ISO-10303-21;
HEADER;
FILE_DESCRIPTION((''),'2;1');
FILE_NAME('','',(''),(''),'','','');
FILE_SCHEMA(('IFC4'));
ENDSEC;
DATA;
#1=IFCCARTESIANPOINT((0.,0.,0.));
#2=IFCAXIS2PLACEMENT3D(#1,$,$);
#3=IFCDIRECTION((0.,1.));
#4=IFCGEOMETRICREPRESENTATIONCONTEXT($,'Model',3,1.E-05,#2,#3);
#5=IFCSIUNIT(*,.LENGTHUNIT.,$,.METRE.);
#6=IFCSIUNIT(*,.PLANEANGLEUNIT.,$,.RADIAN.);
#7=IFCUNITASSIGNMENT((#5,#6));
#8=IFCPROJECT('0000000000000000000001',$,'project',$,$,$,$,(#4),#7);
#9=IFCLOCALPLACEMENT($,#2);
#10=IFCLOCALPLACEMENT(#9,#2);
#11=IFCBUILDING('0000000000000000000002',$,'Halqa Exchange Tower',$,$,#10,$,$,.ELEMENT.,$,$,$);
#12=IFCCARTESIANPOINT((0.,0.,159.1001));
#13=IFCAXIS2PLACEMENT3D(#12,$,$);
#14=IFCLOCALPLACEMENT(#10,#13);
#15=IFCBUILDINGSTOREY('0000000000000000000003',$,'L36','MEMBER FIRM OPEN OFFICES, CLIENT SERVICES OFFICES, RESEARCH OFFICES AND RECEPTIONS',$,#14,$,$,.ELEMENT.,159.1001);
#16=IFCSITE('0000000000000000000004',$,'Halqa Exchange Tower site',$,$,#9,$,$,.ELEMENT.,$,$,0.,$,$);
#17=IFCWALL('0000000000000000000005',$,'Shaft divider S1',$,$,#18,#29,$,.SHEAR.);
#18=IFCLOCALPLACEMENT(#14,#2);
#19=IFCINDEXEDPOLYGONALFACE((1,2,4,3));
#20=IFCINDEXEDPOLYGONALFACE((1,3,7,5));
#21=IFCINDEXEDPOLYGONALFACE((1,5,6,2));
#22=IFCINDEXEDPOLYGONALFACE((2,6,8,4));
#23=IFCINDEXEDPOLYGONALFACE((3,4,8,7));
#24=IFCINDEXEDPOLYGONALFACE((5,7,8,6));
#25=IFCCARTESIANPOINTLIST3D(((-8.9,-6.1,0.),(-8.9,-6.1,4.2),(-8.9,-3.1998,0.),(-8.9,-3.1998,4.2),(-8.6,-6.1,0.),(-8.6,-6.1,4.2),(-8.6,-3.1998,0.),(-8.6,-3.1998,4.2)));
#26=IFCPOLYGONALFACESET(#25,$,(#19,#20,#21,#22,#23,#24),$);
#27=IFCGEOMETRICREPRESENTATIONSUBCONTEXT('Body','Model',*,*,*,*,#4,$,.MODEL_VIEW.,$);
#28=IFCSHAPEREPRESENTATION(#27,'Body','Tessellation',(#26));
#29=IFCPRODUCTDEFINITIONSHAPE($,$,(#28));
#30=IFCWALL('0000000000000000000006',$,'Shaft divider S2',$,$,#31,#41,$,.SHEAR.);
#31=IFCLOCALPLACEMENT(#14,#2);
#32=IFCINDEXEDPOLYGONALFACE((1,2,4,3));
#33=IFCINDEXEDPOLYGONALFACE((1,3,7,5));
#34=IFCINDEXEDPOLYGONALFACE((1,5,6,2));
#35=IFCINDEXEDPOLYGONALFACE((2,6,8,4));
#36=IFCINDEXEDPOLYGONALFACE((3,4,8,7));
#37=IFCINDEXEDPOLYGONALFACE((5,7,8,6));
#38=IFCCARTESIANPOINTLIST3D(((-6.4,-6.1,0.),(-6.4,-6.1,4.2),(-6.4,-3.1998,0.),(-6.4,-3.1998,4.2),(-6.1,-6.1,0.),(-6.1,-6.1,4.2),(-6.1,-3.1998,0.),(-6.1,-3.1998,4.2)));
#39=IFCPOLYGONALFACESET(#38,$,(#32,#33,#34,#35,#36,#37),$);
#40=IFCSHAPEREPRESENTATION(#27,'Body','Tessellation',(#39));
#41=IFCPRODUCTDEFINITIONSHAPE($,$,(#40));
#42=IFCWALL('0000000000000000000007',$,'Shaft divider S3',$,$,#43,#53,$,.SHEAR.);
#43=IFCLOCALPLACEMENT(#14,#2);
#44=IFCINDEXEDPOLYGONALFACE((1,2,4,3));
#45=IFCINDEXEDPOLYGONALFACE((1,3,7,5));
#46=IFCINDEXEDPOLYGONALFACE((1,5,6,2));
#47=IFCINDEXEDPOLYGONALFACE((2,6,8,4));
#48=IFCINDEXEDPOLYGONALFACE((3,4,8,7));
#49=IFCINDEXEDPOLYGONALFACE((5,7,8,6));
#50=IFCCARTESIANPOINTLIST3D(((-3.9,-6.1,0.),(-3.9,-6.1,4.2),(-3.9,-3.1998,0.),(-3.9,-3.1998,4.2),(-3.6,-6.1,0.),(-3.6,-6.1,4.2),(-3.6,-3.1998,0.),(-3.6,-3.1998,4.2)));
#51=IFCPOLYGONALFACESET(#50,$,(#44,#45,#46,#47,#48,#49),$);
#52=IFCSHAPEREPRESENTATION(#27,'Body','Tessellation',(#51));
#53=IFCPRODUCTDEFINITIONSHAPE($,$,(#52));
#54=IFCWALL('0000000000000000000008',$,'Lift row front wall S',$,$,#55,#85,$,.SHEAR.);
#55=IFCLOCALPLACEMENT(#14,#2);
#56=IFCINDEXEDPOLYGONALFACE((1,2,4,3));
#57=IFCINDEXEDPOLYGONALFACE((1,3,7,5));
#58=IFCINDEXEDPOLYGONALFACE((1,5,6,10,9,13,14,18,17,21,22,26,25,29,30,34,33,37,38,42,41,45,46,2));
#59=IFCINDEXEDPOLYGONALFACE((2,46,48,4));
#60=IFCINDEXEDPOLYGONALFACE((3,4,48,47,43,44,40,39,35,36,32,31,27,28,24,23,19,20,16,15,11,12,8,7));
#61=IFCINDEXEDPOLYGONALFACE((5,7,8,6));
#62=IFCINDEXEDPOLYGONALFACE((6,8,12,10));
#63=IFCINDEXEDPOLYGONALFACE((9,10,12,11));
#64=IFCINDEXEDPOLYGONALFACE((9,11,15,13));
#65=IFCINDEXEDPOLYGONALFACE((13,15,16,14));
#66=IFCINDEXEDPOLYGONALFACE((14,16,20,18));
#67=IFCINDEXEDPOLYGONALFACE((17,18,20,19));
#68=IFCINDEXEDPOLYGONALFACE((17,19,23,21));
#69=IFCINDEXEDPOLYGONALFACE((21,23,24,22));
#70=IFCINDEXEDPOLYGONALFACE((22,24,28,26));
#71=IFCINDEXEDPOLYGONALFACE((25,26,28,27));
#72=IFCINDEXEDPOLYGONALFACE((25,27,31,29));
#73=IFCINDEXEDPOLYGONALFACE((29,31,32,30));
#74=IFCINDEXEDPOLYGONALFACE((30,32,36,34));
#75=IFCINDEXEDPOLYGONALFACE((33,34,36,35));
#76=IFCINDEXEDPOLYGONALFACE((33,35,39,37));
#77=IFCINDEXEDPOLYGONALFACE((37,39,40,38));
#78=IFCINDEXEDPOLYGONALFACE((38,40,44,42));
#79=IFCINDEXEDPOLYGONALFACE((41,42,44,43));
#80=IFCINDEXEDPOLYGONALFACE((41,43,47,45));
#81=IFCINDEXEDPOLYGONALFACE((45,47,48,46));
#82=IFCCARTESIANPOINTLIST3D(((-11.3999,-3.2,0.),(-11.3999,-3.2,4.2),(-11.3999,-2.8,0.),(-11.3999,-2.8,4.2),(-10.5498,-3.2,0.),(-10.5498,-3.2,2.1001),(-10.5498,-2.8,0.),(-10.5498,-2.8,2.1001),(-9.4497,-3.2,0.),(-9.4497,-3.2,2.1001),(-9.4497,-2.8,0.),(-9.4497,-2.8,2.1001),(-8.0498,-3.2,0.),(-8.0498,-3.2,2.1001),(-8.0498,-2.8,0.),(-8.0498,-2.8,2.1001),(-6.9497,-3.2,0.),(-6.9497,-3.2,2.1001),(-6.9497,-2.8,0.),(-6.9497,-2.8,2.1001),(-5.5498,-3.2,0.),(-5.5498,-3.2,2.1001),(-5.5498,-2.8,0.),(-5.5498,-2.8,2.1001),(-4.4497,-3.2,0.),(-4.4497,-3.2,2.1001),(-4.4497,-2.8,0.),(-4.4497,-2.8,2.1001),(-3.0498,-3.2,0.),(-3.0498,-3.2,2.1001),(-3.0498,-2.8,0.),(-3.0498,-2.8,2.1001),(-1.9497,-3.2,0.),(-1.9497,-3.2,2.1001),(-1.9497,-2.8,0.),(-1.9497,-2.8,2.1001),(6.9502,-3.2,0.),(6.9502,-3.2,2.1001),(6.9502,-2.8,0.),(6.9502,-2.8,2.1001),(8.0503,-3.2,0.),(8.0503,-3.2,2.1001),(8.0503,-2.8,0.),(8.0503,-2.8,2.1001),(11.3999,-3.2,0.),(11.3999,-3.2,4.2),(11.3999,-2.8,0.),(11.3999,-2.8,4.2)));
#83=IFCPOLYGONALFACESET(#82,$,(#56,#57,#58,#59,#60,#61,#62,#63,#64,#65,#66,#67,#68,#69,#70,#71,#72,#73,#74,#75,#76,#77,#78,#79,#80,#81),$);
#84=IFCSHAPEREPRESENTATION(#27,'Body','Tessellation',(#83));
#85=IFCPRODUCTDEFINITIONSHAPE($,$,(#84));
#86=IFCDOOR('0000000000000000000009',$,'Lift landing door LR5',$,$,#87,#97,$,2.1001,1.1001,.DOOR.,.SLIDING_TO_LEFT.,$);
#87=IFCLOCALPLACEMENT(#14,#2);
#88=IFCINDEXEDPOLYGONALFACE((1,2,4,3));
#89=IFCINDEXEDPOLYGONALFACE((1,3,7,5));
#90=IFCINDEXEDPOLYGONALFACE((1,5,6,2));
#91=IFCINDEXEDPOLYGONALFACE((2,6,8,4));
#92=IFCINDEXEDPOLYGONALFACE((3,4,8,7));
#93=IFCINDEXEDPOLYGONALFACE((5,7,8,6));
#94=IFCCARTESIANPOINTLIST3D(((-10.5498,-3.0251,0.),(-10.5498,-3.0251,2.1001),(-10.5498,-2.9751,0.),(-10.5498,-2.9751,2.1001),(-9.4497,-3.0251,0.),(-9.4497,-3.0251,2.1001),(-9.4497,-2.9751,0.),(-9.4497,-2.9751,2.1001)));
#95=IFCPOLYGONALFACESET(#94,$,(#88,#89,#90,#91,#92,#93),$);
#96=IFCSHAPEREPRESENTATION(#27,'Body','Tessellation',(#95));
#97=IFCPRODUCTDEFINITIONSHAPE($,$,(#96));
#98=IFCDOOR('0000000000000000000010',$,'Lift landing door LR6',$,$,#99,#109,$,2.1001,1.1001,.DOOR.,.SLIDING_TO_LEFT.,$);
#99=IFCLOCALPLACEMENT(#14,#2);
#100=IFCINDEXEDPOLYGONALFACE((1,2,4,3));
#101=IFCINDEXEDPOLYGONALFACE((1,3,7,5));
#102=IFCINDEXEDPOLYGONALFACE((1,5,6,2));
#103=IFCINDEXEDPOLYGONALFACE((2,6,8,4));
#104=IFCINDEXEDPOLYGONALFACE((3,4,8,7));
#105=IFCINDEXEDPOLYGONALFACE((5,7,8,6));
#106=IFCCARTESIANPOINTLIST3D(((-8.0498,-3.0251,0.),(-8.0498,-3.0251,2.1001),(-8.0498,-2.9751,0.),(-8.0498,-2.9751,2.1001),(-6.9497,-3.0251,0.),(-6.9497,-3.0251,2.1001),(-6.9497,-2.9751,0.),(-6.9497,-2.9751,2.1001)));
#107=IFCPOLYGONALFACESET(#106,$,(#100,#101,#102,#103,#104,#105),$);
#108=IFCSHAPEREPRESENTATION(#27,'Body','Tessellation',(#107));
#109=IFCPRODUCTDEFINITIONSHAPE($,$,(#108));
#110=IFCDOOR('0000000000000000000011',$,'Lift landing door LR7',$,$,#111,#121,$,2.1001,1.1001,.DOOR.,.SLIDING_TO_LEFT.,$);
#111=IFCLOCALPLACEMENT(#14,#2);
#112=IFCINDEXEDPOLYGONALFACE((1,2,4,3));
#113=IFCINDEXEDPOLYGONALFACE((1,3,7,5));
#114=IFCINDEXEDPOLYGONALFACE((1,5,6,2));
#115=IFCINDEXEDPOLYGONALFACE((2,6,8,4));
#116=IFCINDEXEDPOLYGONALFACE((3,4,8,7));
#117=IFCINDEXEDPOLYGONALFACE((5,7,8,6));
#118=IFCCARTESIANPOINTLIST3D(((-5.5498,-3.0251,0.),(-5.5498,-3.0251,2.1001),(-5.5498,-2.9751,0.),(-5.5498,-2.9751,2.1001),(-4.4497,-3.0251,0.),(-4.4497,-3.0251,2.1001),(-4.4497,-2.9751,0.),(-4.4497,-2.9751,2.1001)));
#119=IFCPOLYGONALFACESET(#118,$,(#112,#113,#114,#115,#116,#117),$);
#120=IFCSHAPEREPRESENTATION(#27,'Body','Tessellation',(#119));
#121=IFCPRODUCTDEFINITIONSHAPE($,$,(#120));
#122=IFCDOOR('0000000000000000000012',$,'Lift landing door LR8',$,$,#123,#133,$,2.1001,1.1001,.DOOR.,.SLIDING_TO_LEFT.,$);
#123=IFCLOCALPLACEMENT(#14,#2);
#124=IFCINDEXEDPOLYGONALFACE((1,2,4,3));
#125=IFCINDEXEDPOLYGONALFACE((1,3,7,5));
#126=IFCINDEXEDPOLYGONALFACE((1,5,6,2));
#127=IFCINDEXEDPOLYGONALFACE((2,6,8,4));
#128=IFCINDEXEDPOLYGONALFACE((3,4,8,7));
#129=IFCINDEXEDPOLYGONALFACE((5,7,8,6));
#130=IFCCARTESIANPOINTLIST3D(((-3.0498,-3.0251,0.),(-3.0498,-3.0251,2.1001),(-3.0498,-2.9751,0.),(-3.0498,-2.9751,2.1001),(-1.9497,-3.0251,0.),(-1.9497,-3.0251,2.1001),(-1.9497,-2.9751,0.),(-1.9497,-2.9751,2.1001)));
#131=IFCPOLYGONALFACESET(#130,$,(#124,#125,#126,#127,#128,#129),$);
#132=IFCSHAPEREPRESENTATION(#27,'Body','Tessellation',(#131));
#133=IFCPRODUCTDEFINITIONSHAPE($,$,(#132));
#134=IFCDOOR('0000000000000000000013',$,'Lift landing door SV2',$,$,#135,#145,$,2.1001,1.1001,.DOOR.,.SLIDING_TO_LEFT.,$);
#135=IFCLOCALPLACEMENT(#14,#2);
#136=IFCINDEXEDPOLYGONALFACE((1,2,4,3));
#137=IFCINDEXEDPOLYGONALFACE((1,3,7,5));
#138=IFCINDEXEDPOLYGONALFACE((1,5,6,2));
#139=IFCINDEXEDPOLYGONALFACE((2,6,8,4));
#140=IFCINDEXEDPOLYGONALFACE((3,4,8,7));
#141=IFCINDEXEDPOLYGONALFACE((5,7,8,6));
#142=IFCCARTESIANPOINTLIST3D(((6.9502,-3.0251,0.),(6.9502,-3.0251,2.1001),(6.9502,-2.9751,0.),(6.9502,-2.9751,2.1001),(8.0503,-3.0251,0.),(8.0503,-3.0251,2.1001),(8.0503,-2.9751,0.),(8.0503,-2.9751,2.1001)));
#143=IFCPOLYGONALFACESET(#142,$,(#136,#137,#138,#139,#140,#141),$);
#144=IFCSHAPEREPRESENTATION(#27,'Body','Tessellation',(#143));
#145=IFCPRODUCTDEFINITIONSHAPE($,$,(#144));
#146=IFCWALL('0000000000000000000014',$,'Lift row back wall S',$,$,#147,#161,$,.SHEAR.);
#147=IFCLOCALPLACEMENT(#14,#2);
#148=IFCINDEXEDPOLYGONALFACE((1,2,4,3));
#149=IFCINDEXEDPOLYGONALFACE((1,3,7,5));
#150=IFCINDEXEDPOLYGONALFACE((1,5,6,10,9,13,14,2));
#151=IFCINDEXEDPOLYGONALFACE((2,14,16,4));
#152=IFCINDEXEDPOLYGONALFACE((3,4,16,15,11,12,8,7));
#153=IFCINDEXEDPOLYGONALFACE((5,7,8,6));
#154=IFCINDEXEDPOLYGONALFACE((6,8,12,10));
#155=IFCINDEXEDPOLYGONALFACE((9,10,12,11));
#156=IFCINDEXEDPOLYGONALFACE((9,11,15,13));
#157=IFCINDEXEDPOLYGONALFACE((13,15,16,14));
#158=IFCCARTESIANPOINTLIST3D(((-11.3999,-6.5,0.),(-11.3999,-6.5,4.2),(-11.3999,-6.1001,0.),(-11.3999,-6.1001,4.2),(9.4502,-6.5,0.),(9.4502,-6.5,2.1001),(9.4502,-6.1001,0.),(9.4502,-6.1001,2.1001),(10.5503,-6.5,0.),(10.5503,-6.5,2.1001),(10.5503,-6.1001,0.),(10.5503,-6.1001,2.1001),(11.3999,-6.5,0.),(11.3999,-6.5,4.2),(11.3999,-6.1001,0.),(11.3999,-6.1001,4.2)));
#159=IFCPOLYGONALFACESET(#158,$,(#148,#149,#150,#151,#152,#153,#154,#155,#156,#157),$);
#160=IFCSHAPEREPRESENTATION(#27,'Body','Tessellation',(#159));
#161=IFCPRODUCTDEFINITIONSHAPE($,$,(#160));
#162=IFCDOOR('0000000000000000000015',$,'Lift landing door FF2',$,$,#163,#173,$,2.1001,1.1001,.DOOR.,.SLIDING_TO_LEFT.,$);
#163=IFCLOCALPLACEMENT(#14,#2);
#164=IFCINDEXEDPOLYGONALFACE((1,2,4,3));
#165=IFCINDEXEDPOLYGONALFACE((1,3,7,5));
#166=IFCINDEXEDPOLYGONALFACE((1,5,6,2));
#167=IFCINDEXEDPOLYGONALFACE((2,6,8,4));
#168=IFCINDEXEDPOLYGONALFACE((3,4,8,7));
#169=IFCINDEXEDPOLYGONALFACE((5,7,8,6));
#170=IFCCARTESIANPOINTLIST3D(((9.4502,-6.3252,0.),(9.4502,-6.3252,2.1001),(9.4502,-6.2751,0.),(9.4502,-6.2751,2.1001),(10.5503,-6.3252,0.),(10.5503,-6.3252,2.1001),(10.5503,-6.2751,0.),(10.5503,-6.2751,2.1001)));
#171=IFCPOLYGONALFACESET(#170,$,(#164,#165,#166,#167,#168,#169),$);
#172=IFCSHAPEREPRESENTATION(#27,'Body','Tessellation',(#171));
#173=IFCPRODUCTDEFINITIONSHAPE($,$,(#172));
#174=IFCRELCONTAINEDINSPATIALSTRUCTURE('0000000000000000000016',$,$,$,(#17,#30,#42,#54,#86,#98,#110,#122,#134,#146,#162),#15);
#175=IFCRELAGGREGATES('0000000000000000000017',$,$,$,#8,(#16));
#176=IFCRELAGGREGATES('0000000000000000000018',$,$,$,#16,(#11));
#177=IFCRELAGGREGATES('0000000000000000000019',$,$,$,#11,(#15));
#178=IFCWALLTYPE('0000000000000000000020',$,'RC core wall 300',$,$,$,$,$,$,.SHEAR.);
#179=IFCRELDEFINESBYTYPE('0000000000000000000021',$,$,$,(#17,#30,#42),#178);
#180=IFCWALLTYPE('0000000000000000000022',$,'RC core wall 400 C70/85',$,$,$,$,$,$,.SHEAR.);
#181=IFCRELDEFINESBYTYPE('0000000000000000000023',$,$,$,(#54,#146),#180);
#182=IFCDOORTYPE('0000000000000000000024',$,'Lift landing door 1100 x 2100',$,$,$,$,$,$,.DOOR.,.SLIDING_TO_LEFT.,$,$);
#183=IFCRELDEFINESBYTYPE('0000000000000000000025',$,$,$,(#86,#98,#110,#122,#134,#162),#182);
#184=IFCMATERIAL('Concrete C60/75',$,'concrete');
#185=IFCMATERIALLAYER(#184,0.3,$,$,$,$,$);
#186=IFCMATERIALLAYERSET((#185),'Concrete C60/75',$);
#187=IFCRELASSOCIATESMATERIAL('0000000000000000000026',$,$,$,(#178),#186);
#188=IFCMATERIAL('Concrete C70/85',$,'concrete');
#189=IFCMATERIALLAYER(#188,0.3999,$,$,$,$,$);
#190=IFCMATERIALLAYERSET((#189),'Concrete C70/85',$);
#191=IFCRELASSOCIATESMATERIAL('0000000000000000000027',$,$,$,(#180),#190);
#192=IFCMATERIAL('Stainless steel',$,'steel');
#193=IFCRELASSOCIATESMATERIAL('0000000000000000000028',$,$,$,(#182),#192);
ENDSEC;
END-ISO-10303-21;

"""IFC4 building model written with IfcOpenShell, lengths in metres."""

from ifc_helpers import new_model, si_unit, direction, frame, frame_2d, origin, place, context, subcontext, project, spatial, rectangle, extrude, material, layer, layer_set, type_object, element, fill, save


model = new_model("IFC4")

# Units and contexts
model_context = context("Model", 3, precision=1e-05, world=origin(), true_north=direction((0.0, 1.0)))
body_context = subcontext(model_context, "Body", "Model", "MODEL_VIEW")
ifc_project = project(units=[si_unit("LENGTHUNIT", "METRE"), si_unit("PLANEANGLEUNIT", "RADIAN")], contexts=[model_context])

# Site, building, storey
site_placement = place(None, origin())
site = spatial("IfcSite", under=ifc_project, at=site_placement, Name="Halqa Exchange Tower site", CompositionType="ELEMENT", RefElevation=0.0)
building_placement = place(site_placement, origin())
building = spatial("IfcBuilding", under=site, at=building_placement, Name="Halqa Exchange Tower", CompositionType="ELEMENT")
storey_placement = place(building_placement, frame((0.0, 0.0, 159.1001)))
storey = spatial("IfcBuildingStorey", under=building, at=storey_placement, Name="L36", Description="MEMBER FIRM OPEN OFFICES, CLIENT SERVICES OFFICES, RESEARCH OFFICES AND RECEPTIONS", CompositionType="ELEMENT", Elevation=159.1001)

# Walls
ifc_material_1 = material(Name="Concrete C60/75", Category="concrete")
ifc_layer_1 = layer(ifc_material_1, 0.3)
ifc_layer_set_1 = layer_set([ifc_layer_1], Name="Concrete C60/75")
wall_type_1 = type_object("IfcWallType", Name="RC core wall 300", PredefinedType="SHEAR", material=ifc_layer_set_1)
for number, where, z_axis, x_axis, name in (
    (1, (-8.75, -6.1001, 0.0), (0.0, 0.0, 1.0), (0.0, 1.0, 0.0), "Shaft divider S1"),
    (2, (-6.25, -6.1001, 0.0), (0.0, 0.0, 1.0), (0.0, 1.0, 0.0), "Shaft divider S2"),
    (3, (-3.75, -6.1001, 0.0), (0.0, 0.0, 1.0), (0.0, 1.0, 0.0), "Shaft divider S3"),
):
    element("IfcWall", number, at=place(storey_placement, frame(where, z_axis=z_axis, x_axis=x_axis)), inside=storey, type_object=wall_type_1, Name=name, PredefinedType="SHEAR", context=body_context, shape_type="SweptSolid", body=[
        extrude(rectangle(XDim=2.9001, YDim=0.3, at=frame_2d((1.4502, 0.0))), origin(), (0.0, 0.0, 1.0), 4.2),
    ])

# Wall, openings, doors
ifc_material_2 = material(Name="Concrete C70/85", Category="concrete")
ifc_layer_2 = layer(ifc_material_2, 0.3999)
ifc_layer_set_2 = layer_set([ifc_layer_2], Name="Concrete C70/85")
wall_type_2 = type_object("IfcWallType", Name="RC core wall 400 C70/85", PredefinedType="SHEAR", material=ifc_layer_set_2)
wall_1_placement = place(storey_placement, frame((-11.3999, -3.0, 0.0), z_axis=(0.0, 0.0, 1.0), x_axis=(1.0, 0.0, 0.0)))
wall_1 = element("IfcWall", 4, at=wall_1_placement, inside=storey, type_object=wall_type_2, Name="Lift row front wall S", PredefinedType="SHEAR", context=body_context, shape_type="SweptSolid", body=[
    extrude(rectangle(XDim=22.7998, YDim=0.3999, at=frame_2d((11.3999, 0.0))), origin(), (0.0, 0.0, 1.0), 4.2),
])
opening_1_placement = place(wall_1_placement, frame((0.8501, 0.0, 0.0)))
opening_1 = element("IfcOpeningElement", 5, at=opening_1_placement, cuts=wall_1, PredefinedType="OPENING", context=body_context, shape_type="SweptSolid", body=[
    extrude(rectangle(XDim=1.1001, YDim=2.1001, at=frame_2d((0.55, 1.05))), frame((0.0, 0.2119, 0.0), z_axis=(0.0, -1.0, 0.0), x_axis=(1.0, 0.0, 0.0)), (0.0, 0.0, 1.0), 0.4238),
])
opening_2_placement = place(wall_1_placement, frame((3.3501, 0.0, 0.0)))
opening_2 = element("IfcOpeningElement", 6, at=opening_2_placement, cuts=wall_1, PredefinedType="OPENING", context=body_context, shape_type="SweptSolid", body=[
    extrude(rectangle(XDim=1.1001, YDim=2.1001, at=frame_2d((0.55, 1.05))), frame((0.0, 0.2119, 0.0), z_axis=(0.0, -1.0, 0.0), x_axis=(1.0, 0.0, 0.0)), (0.0, 0.0, 1.0), 0.4238),
])
opening_3_placement = place(wall_1_placement, frame((5.8501, 0.0, 0.0)))
opening_3 = element("IfcOpeningElement", 7, at=opening_3_placement, cuts=wall_1, PredefinedType="OPENING", context=body_context, shape_type="SweptSolid", body=[
    extrude(rectangle(XDim=1.1001, YDim=2.1001, at=frame_2d((0.55, 1.05))), frame((0.0, 0.2119, 0.0), z_axis=(0.0, -1.0, 0.0), x_axis=(1.0, 0.0, 0.0)), (0.0, 0.0, 1.0), 0.4238),
])
opening_4_placement = place(wall_1_placement, frame((8.3501, 0.0, 0.0)))
opening_4 = element("IfcOpeningElement", 8, at=opening_4_placement, cuts=wall_1, PredefinedType="OPENING", context=body_context, shape_type="SweptSolid", body=[
    extrude(rectangle(XDim=1.1001, YDim=2.1001, at=frame_2d((0.55, 1.05))), frame((0.0, 0.2119, 0.0), z_axis=(0.0, -1.0, 0.0), x_axis=(1.0, 0.0, 0.0)), (0.0, 0.0, 1.0), 0.4238),
])
opening_5_placement = place(wall_1_placement, frame((18.3501, 0.0, 0.0)))
opening_5 = element("IfcOpeningElement", 9, at=opening_5_placement, cuts=wall_1, PredefinedType="OPENING", context=body_context, shape_type="SweptSolid", body=[
    extrude(rectangle(XDim=1.1001, YDim=2.1001, at=frame_2d((0.55, 1.05))), frame((0.0, 0.2119, 0.0), z_axis=(0.0, -1.0, 0.0), x_axis=(1.0, 0.0, 0.0)), (0.0, 0.0, 1.0), 0.4238),
])
ifc_material_3 = material(Name="Stainless steel", Category="steel")
door_type = type_object("IfcDoorType", Name="Lift landing door 1100 x 2100", OperationType="SLIDING_TO_LEFT", PredefinedType="DOOR", material=ifc_material_3)
door_1_placement = place(opening_1_placement, origin())
door_1 = element("IfcDoor", 10, at=door_1_placement, inside=storey, type_object=door_type, Name="Lift landing door LR5", OperationType="SLIDING_TO_LEFT", OverallHeight=2.1001, OverallWidth=1.1001, PredefinedType="DOOR", context=body_context, shape_type="SweptSolid", body=[
    extrude(rectangle(XDim=1.1001, YDim=2.1001, at=frame_2d((0.55, 1.05))), frame((0.0, 0.0249, 0.0), z_axis=(0.0, -1.0, 0.0), x_axis=(1.0, 0.0, 0.0)), (0.0, 0.0, 1.0), 0.05),
])
fill(opening_1, door_1)
door_2_placement = place(opening_2_placement, origin())
door_2 = element("IfcDoor", 11, at=door_2_placement, inside=storey, type_object=door_type, Name="Lift landing door LR6", OperationType="SLIDING_TO_LEFT", OverallHeight=2.1001, OverallWidth=1.1001, PredefinedType="DOOR", context=body_context, shape_type="SweptSolid", body=[
    extrude(rectangle(XDim=1.1001, YDim=2.1001, at=frame_2d((0.55, 1.05))), frame((0.0, 0.0249, 0.0), z_axis=(0.0, -1.0, 0.0), x_axis=(1.0, 0.0, 0.0)), (0.0, 0.0, 1.0), 0.05),
])
fill(opening_2, door_2)
door_3_placement = place(opening_3_placement, origin())
door_3 = element("IfcDoor", 12, at=door_3_placement, inside=storey, type_object=door_type, Name="Lift landing door LR7", OperationType="SLIDING_TO_LEFT", OverallHeight=2.1001, OverallWidth=1.1001, PredefinedType="DOOR", context=body_context, shape_type="SweptSolid", body=[
    extrude(rectangle(XDim=1.1001, YDim=2.1001, at=frame_2d((0.55, 1.05))), frame((0.0, 0.0249, 0.0), z_axis=(0.0, -1.0, 0.0), x_axis=(1.0, 0.0, 0.0)), (0.0, 0.0, 1.0), 0.05),
])
fill(opening_3, door_3)
door_4_placement = place(opening_4_placement, origin())
door_4 = element("IfcDoor", 13, at=door_4_placement, inside=storey, type_object=door_type, Name="Lift landing door LR8", OperationType="SLIDING_TO_LEFT", OverallHeight=2.1001, OverallWidth=1.1001, PredefinedType="DOOR", context=body_context, shape_type="SweptSolid", body=[
    extrude(rectangle(XDim=1.1001, YDim=2.1001, at=frame_2d((0.55, 1.05))), frame((0.0, 0.0249, 0.0), z_axis=(0.0, -1.0, 0.0), x_axis=(1.0, 0.0, 0.0)), (0.0, 0.0, 1.0), 0.05),
])
fill(opening_4, door_4)
door_5_placement = place(opening_5_placement, origin())
door_5 = element("IfcDoor", 14, at=door_5_placement, inside=storey, type_object=door_type, Name="Lift landing door SV2", OperationType="SLIDING_TO_LEFT", OverallHeight=2.1001, OverallWidth=1.1001, PredefinedType="DOOR", context=body_context, shape_type="SweptSolid", body=[
    extrude(rectangle(XDim=1.1001, YDim=2.1001, at=frame_2d((0.55, 1.05))), frame((0.0, 0.0249, 0.0), z_axis=(0.0, -1.0, 0.0), x_axis=(1.0, 0.0, 0.0)), (0.0, 0.0, 1.0), 0.05),
])
fill(opening_5, door_5)

# Wall, opening, door
wall_2_placement = place(storey_placement, frame((-11.3999, -6.3, 0.0), z_axis=(0.0, 0.0, 1.0), x_axis=(1.0, 0.0, 0.0)))
wall_2 = element("IfcWall", 15, at=wall_2_placement, inside=storey, type_object=wall_type_2, Name="Lift row back wall S", PredefinedType="SHEAR", context=body_context, shape_type="SweptSolid", body=[
    extrude(rectangle(XDim=22.7998, YDim=0.3999, at=frame_2d((11.3999, 0.0))), origin(), (0.0, 0.0, 1.0), 4.2),
])
opening_6_placement = place(wall_2_placement, frame((20.8501, 0.0, 0.0)))
opening_6 = element("IfcOpeningElement", 16, at=opening_6_placement, cuts=wall_2, PredefinedType="OPENING", context=body_context, shape_type="SweptSolid", body=[
    extrude(rectangle(XDim=1.1001, YDim=2.1001, at=frame_2d((0.55, 1.05))), frame((0.0, 0.2119, 0.0), z_axis=(0.0, -1.0, 0.0), x_axis=(1.0, 0.0, 0.0)), (0.0, 0.0, 1.0), 0.4238),
])
door_6_placement = place(opening_6_placement, origin())
door_6 = element("IfcDoor", 17, at=door_6_placement, inside=storey, type_object=door_type, Name="Lift landing door FF2", OperationType="SLIDING_TO_LEFT", OverallHeight=2.1001, OverallWidth=1.1001, PredefinedType="DOOR", context=body_context, shape_type="SweptSolid", body=[
    extrude(rectangle(XDim=1.1001, YDim=2.1001, at=frame_2d((0.55, 1.05))), frame((0.0, 0.0249, 0.0), z_axis=(0.0, -1.0, 0.0), x_axis=(1.0, 0.0, 0.0)), (0.0, 0.0, 1.0), 0.05),
])
fill(opening_6, door_6)

save(model, "model.ifc")
